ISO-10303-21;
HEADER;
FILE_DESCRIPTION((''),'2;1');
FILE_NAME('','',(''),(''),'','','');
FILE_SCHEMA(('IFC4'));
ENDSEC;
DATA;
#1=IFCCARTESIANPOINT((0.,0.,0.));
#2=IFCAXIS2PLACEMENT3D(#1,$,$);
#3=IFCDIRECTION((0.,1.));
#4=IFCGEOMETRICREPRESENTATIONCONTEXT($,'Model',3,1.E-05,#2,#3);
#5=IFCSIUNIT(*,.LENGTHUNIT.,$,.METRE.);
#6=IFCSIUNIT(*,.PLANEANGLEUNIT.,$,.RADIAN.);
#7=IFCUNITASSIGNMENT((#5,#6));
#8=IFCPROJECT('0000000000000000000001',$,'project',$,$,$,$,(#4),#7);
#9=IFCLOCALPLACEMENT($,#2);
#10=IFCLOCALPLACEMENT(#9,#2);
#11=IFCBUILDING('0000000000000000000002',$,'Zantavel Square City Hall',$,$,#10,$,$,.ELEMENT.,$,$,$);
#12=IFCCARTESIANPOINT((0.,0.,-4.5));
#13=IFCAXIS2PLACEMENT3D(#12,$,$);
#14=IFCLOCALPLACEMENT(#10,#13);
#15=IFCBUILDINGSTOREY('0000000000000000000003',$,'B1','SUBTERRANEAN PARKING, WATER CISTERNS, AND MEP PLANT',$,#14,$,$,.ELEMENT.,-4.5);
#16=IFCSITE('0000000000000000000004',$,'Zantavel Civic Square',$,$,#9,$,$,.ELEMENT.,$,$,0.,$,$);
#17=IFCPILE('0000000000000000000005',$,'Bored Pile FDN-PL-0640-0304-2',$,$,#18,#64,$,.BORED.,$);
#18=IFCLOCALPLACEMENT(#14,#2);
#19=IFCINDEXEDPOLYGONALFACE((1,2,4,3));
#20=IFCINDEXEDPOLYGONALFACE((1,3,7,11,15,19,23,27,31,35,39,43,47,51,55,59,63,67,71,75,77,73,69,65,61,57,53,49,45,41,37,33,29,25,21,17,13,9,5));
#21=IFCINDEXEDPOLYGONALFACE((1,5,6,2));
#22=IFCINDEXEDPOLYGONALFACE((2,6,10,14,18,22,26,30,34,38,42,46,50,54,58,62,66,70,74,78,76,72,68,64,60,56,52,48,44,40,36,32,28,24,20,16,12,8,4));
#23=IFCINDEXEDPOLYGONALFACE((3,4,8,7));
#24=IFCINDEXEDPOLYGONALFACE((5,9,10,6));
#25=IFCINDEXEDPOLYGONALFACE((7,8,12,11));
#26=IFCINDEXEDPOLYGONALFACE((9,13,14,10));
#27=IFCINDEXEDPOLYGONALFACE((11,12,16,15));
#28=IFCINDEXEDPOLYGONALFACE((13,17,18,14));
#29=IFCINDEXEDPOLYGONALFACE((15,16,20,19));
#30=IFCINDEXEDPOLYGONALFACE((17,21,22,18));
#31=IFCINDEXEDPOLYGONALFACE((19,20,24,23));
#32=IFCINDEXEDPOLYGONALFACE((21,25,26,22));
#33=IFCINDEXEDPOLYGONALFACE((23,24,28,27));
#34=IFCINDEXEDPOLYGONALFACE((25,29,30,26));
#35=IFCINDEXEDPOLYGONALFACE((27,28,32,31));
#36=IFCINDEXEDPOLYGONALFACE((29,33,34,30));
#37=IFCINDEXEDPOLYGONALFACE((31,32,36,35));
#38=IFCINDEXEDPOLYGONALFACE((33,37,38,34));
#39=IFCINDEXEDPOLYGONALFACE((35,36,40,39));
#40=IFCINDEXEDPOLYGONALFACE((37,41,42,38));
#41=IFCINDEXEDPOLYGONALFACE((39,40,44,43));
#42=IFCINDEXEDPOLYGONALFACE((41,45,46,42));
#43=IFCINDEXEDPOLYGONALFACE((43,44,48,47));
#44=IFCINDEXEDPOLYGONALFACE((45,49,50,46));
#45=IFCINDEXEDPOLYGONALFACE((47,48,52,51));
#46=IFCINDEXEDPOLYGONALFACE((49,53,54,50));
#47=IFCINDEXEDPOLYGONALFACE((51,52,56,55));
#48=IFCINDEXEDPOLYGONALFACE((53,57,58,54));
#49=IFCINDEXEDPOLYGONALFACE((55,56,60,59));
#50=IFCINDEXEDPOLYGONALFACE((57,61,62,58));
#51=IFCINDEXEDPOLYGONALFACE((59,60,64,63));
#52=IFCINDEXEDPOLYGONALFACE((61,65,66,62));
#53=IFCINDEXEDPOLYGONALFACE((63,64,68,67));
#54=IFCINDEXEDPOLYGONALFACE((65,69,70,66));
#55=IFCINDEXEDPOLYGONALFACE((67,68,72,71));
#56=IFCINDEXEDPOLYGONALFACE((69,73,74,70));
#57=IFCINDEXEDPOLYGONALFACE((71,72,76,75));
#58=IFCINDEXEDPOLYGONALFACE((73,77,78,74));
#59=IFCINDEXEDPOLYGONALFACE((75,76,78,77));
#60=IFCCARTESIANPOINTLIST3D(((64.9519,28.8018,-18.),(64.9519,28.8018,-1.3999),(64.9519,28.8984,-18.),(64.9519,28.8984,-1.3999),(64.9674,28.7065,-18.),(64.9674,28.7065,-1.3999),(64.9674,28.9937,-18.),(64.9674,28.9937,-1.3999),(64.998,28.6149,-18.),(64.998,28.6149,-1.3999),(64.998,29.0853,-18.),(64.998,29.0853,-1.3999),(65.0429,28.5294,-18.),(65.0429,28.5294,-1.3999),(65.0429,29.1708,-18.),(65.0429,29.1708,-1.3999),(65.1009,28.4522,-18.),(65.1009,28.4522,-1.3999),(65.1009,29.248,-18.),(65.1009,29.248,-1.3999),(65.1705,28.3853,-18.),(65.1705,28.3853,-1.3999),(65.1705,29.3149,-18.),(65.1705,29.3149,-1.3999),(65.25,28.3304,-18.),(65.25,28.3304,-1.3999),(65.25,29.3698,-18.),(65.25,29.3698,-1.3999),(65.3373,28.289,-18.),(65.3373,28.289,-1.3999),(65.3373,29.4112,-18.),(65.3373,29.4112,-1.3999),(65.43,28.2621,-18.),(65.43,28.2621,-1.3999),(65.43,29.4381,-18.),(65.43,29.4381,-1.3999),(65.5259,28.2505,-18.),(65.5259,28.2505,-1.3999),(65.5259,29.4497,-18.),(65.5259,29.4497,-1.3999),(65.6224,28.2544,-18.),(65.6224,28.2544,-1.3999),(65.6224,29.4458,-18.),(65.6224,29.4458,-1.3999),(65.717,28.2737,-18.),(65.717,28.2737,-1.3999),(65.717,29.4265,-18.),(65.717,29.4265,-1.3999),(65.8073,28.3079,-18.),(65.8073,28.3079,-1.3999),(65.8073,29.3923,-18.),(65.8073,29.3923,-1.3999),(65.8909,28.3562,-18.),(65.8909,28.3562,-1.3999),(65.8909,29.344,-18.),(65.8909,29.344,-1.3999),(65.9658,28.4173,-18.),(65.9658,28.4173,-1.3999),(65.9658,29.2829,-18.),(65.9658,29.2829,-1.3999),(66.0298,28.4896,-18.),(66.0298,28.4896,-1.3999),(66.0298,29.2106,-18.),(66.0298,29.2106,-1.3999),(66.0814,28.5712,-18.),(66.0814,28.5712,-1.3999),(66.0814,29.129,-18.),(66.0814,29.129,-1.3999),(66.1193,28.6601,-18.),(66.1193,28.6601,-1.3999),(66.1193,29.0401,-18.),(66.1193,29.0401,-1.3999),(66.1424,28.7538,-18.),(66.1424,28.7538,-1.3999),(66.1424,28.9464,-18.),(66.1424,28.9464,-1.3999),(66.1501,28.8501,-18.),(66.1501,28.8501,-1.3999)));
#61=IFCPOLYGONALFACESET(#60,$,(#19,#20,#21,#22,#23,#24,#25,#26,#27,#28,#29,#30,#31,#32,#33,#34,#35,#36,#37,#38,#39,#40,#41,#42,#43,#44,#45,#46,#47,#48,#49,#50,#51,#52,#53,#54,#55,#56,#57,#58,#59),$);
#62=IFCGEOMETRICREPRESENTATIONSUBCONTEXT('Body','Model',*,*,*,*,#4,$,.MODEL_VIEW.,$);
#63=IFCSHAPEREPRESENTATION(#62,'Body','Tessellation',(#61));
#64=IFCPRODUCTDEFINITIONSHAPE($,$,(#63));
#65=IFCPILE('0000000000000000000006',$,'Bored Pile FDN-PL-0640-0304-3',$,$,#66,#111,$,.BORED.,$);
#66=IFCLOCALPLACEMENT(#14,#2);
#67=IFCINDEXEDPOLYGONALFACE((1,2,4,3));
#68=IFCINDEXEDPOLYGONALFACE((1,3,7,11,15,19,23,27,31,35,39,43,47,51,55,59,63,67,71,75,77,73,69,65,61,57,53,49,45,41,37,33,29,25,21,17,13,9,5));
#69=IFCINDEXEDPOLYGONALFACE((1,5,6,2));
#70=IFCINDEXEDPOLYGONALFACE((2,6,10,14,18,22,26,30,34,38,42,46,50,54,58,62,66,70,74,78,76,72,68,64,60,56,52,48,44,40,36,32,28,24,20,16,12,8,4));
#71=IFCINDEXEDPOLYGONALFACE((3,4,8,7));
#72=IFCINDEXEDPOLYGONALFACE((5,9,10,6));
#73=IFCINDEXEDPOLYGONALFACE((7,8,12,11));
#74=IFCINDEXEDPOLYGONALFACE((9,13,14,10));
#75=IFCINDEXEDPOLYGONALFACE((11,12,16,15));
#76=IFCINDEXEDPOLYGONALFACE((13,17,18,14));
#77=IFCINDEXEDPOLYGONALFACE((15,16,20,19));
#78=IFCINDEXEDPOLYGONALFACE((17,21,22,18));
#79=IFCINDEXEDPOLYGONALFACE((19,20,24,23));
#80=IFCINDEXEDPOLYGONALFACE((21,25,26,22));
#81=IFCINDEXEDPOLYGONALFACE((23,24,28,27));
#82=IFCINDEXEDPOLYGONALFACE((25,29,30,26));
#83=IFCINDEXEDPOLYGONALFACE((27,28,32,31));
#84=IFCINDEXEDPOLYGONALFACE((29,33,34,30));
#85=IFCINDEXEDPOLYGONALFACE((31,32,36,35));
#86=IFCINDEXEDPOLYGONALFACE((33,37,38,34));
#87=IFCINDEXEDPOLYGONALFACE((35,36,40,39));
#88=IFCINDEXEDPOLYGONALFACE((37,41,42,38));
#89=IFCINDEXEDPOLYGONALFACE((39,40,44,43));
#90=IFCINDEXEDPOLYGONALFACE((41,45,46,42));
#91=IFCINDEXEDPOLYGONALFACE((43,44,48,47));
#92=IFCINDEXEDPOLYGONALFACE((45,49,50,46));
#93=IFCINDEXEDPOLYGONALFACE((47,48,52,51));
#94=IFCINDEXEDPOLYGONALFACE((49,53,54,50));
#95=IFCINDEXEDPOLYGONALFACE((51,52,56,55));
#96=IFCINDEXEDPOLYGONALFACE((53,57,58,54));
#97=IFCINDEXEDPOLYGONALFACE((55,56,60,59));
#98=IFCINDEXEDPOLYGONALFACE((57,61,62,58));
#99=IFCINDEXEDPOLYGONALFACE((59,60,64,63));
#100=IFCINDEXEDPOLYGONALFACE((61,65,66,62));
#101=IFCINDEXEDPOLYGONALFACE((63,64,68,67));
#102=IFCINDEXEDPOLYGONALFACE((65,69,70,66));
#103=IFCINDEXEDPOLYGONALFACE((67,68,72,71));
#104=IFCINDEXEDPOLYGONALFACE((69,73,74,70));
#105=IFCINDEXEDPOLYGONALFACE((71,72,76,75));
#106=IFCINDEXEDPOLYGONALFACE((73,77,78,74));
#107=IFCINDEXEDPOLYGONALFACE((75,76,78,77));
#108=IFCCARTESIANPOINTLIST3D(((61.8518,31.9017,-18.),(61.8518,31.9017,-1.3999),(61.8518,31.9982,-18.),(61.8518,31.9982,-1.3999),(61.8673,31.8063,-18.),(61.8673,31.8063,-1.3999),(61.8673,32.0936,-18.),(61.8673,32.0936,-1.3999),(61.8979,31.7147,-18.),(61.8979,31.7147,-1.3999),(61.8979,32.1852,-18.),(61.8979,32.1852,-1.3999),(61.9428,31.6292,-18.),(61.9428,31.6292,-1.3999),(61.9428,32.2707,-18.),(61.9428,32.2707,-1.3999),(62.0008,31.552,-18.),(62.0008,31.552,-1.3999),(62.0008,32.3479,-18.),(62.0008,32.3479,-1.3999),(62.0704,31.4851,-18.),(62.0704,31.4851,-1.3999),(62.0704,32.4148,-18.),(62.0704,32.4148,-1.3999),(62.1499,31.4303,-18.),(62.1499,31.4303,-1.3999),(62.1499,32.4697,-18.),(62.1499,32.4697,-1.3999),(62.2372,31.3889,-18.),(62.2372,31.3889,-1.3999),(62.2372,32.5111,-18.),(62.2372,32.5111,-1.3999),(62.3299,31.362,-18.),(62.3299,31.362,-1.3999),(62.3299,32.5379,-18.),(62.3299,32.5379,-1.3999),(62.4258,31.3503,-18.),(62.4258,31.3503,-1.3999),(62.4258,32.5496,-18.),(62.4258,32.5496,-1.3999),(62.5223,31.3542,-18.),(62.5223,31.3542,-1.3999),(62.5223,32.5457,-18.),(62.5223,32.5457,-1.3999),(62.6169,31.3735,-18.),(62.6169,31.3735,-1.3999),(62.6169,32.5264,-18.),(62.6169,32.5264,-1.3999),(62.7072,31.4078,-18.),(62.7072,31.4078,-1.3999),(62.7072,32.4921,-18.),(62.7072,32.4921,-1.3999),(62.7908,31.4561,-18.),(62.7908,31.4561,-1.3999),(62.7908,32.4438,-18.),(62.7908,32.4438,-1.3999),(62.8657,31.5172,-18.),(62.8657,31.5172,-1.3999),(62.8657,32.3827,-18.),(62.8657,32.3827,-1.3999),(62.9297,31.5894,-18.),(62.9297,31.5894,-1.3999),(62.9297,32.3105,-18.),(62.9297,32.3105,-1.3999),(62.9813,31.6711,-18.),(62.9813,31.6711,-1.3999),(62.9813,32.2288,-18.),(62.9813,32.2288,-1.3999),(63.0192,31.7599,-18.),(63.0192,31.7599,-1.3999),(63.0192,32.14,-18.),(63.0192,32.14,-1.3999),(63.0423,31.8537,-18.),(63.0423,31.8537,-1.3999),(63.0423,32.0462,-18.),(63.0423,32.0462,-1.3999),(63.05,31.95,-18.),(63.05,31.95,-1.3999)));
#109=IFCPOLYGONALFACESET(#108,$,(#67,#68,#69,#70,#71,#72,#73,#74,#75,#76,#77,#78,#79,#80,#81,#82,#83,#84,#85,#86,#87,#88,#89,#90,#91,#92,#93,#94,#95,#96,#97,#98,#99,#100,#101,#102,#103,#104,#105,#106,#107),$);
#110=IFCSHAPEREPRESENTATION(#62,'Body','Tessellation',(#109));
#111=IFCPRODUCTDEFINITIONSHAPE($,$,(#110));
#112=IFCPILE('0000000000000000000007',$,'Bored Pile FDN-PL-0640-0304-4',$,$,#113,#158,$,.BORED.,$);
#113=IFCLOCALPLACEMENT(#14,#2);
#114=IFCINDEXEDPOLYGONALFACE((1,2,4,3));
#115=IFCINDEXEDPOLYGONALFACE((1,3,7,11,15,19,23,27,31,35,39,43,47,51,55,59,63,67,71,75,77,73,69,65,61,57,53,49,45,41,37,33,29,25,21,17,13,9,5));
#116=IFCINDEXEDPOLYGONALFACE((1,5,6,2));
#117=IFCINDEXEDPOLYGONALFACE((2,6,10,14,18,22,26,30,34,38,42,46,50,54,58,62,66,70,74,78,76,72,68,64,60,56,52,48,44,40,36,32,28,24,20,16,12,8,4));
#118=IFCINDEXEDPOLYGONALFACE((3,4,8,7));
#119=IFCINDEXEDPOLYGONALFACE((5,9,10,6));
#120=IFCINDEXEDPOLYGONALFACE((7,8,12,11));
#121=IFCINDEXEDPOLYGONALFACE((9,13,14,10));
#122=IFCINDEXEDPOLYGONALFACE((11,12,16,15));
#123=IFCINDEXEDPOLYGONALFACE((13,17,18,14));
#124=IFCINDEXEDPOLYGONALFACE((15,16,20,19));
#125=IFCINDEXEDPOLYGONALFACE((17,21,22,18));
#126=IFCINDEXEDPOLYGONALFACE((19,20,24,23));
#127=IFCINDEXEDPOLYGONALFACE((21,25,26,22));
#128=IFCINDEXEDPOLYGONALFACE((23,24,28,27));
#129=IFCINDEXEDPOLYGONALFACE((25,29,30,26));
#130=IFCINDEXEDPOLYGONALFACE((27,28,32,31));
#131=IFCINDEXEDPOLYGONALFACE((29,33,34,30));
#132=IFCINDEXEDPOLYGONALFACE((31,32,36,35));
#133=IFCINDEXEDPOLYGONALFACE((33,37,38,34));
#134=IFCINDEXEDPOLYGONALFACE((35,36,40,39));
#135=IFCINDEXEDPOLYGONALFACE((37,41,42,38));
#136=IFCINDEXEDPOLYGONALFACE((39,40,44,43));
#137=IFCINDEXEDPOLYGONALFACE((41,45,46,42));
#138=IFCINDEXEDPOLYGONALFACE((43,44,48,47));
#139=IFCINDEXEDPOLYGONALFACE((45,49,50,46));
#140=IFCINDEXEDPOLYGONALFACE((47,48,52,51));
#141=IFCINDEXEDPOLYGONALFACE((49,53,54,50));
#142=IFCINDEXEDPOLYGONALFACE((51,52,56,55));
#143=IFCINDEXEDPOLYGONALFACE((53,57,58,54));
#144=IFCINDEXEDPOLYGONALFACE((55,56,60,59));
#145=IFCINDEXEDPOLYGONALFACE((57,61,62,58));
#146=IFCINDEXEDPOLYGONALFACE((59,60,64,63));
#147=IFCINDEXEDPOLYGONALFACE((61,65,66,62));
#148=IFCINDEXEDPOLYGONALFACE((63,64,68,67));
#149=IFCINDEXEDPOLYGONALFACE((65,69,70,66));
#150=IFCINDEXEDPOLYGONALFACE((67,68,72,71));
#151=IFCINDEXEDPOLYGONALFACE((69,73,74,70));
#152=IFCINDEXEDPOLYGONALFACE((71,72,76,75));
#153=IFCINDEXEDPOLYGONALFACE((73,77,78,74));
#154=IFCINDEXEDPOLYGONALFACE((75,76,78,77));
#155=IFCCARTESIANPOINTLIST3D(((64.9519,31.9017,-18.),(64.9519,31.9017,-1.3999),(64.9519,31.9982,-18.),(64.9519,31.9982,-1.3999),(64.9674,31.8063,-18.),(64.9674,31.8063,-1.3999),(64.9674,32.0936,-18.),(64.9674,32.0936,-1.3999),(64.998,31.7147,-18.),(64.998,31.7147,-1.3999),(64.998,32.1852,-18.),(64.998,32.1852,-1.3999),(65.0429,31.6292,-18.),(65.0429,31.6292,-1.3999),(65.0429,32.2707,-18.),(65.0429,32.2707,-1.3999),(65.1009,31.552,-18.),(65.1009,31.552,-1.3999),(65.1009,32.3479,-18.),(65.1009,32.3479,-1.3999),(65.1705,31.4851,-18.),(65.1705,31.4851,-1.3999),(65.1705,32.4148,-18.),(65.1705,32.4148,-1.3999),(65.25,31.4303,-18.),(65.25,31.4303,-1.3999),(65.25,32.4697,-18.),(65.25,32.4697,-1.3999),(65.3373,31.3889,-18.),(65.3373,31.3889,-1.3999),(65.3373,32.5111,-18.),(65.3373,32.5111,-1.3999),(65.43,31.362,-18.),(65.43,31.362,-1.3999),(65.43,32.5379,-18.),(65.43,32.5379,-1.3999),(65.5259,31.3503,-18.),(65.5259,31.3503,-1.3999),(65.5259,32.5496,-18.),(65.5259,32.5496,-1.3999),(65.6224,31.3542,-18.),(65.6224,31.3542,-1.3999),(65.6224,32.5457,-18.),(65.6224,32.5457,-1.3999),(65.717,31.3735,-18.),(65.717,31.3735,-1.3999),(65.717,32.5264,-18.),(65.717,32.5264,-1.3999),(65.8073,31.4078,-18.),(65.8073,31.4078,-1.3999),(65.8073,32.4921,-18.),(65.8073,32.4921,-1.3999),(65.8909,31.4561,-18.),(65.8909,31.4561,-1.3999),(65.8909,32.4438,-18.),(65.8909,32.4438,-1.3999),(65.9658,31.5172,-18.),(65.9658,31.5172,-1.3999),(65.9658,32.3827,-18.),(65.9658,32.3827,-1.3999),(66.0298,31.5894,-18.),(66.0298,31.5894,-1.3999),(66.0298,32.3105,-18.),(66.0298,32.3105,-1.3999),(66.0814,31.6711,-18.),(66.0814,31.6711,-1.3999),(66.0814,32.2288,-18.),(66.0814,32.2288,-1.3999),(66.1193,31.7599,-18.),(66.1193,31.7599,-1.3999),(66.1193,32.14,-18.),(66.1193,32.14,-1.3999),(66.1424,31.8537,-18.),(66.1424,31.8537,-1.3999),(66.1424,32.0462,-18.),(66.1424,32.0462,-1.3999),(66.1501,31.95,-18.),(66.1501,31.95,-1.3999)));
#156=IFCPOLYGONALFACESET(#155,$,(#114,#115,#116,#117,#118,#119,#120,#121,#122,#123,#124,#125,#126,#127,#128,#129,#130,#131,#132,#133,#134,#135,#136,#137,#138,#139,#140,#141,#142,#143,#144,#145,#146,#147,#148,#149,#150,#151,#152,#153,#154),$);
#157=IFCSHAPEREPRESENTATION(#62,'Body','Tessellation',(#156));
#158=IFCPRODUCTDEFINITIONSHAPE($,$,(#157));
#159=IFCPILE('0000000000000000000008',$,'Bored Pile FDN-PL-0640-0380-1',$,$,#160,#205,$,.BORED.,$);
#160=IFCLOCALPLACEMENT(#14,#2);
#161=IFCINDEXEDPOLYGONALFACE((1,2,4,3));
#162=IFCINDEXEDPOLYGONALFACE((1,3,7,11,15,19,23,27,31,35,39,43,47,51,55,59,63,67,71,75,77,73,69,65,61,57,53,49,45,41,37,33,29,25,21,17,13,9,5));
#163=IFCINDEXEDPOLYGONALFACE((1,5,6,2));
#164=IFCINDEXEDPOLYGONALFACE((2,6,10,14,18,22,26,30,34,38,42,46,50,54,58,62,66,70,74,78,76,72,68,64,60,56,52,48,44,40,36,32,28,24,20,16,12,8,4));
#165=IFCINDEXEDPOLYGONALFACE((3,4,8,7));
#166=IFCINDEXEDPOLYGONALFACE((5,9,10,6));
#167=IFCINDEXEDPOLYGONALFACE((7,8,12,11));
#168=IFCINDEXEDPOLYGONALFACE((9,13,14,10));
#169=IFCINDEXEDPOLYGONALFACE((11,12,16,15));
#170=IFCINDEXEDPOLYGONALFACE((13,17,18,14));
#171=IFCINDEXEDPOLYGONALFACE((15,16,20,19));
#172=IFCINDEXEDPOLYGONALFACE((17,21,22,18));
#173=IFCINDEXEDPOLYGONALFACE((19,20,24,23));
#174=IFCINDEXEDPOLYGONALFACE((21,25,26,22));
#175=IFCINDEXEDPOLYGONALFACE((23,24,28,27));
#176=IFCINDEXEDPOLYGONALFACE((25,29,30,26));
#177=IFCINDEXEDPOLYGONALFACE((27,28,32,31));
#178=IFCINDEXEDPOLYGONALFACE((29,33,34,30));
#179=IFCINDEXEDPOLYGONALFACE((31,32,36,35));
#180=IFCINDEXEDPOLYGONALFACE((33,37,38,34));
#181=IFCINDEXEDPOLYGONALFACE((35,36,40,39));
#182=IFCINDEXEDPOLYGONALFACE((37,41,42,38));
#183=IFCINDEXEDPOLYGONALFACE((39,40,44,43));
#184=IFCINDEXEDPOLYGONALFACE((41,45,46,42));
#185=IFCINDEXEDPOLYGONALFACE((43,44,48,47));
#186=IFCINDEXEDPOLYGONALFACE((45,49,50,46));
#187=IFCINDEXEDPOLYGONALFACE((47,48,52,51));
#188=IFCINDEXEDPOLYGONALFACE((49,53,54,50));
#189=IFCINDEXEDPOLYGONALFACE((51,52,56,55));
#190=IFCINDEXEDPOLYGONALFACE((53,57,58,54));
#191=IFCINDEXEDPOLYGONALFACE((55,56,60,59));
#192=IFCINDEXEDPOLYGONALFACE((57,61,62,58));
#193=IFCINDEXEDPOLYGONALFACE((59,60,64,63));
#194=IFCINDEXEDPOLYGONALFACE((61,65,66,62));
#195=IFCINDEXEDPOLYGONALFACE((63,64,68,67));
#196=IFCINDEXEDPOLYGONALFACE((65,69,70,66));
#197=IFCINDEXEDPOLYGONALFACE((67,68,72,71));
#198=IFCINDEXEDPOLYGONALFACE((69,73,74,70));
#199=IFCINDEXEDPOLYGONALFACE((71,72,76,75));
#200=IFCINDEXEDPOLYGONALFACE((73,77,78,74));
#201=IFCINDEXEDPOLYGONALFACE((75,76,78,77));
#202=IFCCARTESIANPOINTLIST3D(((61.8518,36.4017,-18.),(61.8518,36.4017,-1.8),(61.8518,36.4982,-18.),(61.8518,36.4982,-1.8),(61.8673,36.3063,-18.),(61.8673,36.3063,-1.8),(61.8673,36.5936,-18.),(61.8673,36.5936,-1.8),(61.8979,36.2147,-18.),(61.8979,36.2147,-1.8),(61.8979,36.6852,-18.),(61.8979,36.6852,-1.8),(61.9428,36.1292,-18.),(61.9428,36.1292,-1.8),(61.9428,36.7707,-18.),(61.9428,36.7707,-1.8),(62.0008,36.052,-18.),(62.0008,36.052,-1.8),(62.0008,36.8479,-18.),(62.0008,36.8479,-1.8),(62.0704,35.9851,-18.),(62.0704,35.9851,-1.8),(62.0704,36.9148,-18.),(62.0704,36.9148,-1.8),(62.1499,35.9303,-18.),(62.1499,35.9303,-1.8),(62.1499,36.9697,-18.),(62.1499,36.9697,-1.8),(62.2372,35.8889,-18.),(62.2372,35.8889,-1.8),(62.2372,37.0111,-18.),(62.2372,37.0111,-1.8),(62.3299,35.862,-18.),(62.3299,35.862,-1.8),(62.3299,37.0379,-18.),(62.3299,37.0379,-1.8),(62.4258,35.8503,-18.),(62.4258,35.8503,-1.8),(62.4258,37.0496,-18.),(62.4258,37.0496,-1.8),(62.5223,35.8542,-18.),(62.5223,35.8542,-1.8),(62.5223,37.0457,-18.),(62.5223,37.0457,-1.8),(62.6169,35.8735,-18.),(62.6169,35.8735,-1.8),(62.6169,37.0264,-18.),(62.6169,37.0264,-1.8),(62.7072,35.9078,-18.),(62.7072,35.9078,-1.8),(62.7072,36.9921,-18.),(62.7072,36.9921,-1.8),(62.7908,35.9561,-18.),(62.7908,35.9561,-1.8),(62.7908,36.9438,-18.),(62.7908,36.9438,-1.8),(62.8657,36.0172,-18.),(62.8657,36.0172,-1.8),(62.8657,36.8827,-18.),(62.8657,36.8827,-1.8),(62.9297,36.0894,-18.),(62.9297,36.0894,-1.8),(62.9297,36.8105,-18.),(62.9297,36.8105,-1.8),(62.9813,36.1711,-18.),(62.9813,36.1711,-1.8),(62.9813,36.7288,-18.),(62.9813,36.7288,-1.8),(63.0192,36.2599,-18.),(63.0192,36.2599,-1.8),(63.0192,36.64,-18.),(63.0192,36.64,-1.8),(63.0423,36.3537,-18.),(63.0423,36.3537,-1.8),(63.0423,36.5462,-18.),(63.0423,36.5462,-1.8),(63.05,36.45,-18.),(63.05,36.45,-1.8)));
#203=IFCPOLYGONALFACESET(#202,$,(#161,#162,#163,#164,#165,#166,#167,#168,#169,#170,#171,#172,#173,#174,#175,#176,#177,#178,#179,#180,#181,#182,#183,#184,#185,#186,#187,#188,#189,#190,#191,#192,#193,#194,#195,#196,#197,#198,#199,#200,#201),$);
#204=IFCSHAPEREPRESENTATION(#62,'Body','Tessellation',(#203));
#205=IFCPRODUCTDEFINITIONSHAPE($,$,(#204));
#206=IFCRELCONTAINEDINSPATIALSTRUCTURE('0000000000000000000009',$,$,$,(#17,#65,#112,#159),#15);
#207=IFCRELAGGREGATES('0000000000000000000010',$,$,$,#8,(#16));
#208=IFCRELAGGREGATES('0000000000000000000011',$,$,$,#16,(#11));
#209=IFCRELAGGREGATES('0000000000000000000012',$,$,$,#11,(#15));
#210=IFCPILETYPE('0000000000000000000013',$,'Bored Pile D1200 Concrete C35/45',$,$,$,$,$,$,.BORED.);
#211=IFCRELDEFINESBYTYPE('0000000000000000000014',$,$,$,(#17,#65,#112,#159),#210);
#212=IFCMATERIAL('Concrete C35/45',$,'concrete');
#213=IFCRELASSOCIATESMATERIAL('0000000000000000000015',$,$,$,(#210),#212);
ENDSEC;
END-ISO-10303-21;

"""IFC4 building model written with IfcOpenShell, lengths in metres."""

from ifc_helpers import new_model, si_unit, direction, frame, origin, origin_2d, place, context, subcontext, project, spatial, circle, extrude, material, material_profile, profile_set, type_object, element, save


model = new_model("IFC4")

# Units and contexts
model_context = context("Model", 3, precision=1e-05, world=origin(), true_north=direction((0.0, 1.0)))
body_context = subcontext(model_context, "Body", "Model", "MODEL_VIEW")
ifc_project = project(units=[si_unit("LENGTHUNIT", "METRE"), si_unit("PLANEANGLEUNIT", "RADIAN")], contexts=[model_context])

# Site, building, storey
site_placement = place(None, origin())
site = spatial("IfcSite", under=ifc_project, at=site_placement, Name="Zantavel Civic Square", CompositionType="ELEMENT", RefElevation=0.0)
building_placement = place(site_placement, origin())
building = spatial("IfcBuilding", under=site, at=building_placement, Name="Zantavel Square City Hall", CompositionType="ELEMENT")
storey_placement = place(building_placement, frame((0.0, 0.0, -4.5)))
storey = spatial("IfcBuildingStorey", under=building, at=storey_placement, Name="B1", Description="SUBTERRANEAN PARKING, WATER CISTERNS, AND MEP PLANT", CompositionType="ELEMENT", Elevation=-4.5)

# Piles
ifc_material_1 = material(Name="Concrete C35/45", Category="concrete")
ifc_material_profile_1 = material_profile(ifc_material_1, circle(Radius=0.6001, at=origin_2d()), Name="PILE D1200")
ifc_profile_set_1 = profile_set([ifc_material_profile_1], Name="Concrete C35/45")
pile_type_1 = type_object("IfcPileType", Name="Bored Pile D1200 Concrete C35/45", PredefinedType="BORED", material=ifc_profile_set_1)
for number, where, z_axis, x_axis, name in (
    (1, (65.55, 28.8501, -1.3999), (0.0, 0.0, -1.0), (1.0, 0.0, 0.0), "Bored Pile FDN-PL-0640-0304-2"),
    (2, (62.45, 31.95, -1.3999), (0.0, 0.0, -1.0), (1.0, 0.0, 0.0), "Bored Pile FDN-PL-0640-0304-3"),
    (3, (65.55, 31.95, -1.3999), (0.0, 0.0, -1.0), (1.0, 0.0, 0.0), "Bored Pile FDN-PL-0640-0304-4"),
):
    element("IfcPile", number, at=place(storey_placement, frame(where, z_axis=z_axis, x_axis=x_axis)), inside=storey, type_object=pile_type_1, Name=name, PredefinedType="BORED", context=body_context, shape_type="SweptSolid", body=[
        extrude(circle(Radius=0.6001, at=origin_2d()), origin(), (0.0, 0.0, 1.0), 16.6001),
    ])
for number, where, z_axis, x_axis, name in (
    (4, (62.45, 36.45, -1.8), (0.0, 0.0, -1.0), (1.0, 0.0, 0.0), "Bored Pile FDN-PL-0640-0380-1"),
):
    element("IfcPile", number, at=place(storey_placement, frame(where, z_axis=z_axis, x_axis=x_axis)), inside=storey, type_object=pile_type_1, Name=name, PredefinedType="BORED", context=body_context, shape_type="SweptSolid", body=[
        extrude(circle(Radius=0.6001, at=origin_2d()), origin(), (0.0, 0.0, 1.0), 16.2),
    ])

save(model, "model.ifc")
